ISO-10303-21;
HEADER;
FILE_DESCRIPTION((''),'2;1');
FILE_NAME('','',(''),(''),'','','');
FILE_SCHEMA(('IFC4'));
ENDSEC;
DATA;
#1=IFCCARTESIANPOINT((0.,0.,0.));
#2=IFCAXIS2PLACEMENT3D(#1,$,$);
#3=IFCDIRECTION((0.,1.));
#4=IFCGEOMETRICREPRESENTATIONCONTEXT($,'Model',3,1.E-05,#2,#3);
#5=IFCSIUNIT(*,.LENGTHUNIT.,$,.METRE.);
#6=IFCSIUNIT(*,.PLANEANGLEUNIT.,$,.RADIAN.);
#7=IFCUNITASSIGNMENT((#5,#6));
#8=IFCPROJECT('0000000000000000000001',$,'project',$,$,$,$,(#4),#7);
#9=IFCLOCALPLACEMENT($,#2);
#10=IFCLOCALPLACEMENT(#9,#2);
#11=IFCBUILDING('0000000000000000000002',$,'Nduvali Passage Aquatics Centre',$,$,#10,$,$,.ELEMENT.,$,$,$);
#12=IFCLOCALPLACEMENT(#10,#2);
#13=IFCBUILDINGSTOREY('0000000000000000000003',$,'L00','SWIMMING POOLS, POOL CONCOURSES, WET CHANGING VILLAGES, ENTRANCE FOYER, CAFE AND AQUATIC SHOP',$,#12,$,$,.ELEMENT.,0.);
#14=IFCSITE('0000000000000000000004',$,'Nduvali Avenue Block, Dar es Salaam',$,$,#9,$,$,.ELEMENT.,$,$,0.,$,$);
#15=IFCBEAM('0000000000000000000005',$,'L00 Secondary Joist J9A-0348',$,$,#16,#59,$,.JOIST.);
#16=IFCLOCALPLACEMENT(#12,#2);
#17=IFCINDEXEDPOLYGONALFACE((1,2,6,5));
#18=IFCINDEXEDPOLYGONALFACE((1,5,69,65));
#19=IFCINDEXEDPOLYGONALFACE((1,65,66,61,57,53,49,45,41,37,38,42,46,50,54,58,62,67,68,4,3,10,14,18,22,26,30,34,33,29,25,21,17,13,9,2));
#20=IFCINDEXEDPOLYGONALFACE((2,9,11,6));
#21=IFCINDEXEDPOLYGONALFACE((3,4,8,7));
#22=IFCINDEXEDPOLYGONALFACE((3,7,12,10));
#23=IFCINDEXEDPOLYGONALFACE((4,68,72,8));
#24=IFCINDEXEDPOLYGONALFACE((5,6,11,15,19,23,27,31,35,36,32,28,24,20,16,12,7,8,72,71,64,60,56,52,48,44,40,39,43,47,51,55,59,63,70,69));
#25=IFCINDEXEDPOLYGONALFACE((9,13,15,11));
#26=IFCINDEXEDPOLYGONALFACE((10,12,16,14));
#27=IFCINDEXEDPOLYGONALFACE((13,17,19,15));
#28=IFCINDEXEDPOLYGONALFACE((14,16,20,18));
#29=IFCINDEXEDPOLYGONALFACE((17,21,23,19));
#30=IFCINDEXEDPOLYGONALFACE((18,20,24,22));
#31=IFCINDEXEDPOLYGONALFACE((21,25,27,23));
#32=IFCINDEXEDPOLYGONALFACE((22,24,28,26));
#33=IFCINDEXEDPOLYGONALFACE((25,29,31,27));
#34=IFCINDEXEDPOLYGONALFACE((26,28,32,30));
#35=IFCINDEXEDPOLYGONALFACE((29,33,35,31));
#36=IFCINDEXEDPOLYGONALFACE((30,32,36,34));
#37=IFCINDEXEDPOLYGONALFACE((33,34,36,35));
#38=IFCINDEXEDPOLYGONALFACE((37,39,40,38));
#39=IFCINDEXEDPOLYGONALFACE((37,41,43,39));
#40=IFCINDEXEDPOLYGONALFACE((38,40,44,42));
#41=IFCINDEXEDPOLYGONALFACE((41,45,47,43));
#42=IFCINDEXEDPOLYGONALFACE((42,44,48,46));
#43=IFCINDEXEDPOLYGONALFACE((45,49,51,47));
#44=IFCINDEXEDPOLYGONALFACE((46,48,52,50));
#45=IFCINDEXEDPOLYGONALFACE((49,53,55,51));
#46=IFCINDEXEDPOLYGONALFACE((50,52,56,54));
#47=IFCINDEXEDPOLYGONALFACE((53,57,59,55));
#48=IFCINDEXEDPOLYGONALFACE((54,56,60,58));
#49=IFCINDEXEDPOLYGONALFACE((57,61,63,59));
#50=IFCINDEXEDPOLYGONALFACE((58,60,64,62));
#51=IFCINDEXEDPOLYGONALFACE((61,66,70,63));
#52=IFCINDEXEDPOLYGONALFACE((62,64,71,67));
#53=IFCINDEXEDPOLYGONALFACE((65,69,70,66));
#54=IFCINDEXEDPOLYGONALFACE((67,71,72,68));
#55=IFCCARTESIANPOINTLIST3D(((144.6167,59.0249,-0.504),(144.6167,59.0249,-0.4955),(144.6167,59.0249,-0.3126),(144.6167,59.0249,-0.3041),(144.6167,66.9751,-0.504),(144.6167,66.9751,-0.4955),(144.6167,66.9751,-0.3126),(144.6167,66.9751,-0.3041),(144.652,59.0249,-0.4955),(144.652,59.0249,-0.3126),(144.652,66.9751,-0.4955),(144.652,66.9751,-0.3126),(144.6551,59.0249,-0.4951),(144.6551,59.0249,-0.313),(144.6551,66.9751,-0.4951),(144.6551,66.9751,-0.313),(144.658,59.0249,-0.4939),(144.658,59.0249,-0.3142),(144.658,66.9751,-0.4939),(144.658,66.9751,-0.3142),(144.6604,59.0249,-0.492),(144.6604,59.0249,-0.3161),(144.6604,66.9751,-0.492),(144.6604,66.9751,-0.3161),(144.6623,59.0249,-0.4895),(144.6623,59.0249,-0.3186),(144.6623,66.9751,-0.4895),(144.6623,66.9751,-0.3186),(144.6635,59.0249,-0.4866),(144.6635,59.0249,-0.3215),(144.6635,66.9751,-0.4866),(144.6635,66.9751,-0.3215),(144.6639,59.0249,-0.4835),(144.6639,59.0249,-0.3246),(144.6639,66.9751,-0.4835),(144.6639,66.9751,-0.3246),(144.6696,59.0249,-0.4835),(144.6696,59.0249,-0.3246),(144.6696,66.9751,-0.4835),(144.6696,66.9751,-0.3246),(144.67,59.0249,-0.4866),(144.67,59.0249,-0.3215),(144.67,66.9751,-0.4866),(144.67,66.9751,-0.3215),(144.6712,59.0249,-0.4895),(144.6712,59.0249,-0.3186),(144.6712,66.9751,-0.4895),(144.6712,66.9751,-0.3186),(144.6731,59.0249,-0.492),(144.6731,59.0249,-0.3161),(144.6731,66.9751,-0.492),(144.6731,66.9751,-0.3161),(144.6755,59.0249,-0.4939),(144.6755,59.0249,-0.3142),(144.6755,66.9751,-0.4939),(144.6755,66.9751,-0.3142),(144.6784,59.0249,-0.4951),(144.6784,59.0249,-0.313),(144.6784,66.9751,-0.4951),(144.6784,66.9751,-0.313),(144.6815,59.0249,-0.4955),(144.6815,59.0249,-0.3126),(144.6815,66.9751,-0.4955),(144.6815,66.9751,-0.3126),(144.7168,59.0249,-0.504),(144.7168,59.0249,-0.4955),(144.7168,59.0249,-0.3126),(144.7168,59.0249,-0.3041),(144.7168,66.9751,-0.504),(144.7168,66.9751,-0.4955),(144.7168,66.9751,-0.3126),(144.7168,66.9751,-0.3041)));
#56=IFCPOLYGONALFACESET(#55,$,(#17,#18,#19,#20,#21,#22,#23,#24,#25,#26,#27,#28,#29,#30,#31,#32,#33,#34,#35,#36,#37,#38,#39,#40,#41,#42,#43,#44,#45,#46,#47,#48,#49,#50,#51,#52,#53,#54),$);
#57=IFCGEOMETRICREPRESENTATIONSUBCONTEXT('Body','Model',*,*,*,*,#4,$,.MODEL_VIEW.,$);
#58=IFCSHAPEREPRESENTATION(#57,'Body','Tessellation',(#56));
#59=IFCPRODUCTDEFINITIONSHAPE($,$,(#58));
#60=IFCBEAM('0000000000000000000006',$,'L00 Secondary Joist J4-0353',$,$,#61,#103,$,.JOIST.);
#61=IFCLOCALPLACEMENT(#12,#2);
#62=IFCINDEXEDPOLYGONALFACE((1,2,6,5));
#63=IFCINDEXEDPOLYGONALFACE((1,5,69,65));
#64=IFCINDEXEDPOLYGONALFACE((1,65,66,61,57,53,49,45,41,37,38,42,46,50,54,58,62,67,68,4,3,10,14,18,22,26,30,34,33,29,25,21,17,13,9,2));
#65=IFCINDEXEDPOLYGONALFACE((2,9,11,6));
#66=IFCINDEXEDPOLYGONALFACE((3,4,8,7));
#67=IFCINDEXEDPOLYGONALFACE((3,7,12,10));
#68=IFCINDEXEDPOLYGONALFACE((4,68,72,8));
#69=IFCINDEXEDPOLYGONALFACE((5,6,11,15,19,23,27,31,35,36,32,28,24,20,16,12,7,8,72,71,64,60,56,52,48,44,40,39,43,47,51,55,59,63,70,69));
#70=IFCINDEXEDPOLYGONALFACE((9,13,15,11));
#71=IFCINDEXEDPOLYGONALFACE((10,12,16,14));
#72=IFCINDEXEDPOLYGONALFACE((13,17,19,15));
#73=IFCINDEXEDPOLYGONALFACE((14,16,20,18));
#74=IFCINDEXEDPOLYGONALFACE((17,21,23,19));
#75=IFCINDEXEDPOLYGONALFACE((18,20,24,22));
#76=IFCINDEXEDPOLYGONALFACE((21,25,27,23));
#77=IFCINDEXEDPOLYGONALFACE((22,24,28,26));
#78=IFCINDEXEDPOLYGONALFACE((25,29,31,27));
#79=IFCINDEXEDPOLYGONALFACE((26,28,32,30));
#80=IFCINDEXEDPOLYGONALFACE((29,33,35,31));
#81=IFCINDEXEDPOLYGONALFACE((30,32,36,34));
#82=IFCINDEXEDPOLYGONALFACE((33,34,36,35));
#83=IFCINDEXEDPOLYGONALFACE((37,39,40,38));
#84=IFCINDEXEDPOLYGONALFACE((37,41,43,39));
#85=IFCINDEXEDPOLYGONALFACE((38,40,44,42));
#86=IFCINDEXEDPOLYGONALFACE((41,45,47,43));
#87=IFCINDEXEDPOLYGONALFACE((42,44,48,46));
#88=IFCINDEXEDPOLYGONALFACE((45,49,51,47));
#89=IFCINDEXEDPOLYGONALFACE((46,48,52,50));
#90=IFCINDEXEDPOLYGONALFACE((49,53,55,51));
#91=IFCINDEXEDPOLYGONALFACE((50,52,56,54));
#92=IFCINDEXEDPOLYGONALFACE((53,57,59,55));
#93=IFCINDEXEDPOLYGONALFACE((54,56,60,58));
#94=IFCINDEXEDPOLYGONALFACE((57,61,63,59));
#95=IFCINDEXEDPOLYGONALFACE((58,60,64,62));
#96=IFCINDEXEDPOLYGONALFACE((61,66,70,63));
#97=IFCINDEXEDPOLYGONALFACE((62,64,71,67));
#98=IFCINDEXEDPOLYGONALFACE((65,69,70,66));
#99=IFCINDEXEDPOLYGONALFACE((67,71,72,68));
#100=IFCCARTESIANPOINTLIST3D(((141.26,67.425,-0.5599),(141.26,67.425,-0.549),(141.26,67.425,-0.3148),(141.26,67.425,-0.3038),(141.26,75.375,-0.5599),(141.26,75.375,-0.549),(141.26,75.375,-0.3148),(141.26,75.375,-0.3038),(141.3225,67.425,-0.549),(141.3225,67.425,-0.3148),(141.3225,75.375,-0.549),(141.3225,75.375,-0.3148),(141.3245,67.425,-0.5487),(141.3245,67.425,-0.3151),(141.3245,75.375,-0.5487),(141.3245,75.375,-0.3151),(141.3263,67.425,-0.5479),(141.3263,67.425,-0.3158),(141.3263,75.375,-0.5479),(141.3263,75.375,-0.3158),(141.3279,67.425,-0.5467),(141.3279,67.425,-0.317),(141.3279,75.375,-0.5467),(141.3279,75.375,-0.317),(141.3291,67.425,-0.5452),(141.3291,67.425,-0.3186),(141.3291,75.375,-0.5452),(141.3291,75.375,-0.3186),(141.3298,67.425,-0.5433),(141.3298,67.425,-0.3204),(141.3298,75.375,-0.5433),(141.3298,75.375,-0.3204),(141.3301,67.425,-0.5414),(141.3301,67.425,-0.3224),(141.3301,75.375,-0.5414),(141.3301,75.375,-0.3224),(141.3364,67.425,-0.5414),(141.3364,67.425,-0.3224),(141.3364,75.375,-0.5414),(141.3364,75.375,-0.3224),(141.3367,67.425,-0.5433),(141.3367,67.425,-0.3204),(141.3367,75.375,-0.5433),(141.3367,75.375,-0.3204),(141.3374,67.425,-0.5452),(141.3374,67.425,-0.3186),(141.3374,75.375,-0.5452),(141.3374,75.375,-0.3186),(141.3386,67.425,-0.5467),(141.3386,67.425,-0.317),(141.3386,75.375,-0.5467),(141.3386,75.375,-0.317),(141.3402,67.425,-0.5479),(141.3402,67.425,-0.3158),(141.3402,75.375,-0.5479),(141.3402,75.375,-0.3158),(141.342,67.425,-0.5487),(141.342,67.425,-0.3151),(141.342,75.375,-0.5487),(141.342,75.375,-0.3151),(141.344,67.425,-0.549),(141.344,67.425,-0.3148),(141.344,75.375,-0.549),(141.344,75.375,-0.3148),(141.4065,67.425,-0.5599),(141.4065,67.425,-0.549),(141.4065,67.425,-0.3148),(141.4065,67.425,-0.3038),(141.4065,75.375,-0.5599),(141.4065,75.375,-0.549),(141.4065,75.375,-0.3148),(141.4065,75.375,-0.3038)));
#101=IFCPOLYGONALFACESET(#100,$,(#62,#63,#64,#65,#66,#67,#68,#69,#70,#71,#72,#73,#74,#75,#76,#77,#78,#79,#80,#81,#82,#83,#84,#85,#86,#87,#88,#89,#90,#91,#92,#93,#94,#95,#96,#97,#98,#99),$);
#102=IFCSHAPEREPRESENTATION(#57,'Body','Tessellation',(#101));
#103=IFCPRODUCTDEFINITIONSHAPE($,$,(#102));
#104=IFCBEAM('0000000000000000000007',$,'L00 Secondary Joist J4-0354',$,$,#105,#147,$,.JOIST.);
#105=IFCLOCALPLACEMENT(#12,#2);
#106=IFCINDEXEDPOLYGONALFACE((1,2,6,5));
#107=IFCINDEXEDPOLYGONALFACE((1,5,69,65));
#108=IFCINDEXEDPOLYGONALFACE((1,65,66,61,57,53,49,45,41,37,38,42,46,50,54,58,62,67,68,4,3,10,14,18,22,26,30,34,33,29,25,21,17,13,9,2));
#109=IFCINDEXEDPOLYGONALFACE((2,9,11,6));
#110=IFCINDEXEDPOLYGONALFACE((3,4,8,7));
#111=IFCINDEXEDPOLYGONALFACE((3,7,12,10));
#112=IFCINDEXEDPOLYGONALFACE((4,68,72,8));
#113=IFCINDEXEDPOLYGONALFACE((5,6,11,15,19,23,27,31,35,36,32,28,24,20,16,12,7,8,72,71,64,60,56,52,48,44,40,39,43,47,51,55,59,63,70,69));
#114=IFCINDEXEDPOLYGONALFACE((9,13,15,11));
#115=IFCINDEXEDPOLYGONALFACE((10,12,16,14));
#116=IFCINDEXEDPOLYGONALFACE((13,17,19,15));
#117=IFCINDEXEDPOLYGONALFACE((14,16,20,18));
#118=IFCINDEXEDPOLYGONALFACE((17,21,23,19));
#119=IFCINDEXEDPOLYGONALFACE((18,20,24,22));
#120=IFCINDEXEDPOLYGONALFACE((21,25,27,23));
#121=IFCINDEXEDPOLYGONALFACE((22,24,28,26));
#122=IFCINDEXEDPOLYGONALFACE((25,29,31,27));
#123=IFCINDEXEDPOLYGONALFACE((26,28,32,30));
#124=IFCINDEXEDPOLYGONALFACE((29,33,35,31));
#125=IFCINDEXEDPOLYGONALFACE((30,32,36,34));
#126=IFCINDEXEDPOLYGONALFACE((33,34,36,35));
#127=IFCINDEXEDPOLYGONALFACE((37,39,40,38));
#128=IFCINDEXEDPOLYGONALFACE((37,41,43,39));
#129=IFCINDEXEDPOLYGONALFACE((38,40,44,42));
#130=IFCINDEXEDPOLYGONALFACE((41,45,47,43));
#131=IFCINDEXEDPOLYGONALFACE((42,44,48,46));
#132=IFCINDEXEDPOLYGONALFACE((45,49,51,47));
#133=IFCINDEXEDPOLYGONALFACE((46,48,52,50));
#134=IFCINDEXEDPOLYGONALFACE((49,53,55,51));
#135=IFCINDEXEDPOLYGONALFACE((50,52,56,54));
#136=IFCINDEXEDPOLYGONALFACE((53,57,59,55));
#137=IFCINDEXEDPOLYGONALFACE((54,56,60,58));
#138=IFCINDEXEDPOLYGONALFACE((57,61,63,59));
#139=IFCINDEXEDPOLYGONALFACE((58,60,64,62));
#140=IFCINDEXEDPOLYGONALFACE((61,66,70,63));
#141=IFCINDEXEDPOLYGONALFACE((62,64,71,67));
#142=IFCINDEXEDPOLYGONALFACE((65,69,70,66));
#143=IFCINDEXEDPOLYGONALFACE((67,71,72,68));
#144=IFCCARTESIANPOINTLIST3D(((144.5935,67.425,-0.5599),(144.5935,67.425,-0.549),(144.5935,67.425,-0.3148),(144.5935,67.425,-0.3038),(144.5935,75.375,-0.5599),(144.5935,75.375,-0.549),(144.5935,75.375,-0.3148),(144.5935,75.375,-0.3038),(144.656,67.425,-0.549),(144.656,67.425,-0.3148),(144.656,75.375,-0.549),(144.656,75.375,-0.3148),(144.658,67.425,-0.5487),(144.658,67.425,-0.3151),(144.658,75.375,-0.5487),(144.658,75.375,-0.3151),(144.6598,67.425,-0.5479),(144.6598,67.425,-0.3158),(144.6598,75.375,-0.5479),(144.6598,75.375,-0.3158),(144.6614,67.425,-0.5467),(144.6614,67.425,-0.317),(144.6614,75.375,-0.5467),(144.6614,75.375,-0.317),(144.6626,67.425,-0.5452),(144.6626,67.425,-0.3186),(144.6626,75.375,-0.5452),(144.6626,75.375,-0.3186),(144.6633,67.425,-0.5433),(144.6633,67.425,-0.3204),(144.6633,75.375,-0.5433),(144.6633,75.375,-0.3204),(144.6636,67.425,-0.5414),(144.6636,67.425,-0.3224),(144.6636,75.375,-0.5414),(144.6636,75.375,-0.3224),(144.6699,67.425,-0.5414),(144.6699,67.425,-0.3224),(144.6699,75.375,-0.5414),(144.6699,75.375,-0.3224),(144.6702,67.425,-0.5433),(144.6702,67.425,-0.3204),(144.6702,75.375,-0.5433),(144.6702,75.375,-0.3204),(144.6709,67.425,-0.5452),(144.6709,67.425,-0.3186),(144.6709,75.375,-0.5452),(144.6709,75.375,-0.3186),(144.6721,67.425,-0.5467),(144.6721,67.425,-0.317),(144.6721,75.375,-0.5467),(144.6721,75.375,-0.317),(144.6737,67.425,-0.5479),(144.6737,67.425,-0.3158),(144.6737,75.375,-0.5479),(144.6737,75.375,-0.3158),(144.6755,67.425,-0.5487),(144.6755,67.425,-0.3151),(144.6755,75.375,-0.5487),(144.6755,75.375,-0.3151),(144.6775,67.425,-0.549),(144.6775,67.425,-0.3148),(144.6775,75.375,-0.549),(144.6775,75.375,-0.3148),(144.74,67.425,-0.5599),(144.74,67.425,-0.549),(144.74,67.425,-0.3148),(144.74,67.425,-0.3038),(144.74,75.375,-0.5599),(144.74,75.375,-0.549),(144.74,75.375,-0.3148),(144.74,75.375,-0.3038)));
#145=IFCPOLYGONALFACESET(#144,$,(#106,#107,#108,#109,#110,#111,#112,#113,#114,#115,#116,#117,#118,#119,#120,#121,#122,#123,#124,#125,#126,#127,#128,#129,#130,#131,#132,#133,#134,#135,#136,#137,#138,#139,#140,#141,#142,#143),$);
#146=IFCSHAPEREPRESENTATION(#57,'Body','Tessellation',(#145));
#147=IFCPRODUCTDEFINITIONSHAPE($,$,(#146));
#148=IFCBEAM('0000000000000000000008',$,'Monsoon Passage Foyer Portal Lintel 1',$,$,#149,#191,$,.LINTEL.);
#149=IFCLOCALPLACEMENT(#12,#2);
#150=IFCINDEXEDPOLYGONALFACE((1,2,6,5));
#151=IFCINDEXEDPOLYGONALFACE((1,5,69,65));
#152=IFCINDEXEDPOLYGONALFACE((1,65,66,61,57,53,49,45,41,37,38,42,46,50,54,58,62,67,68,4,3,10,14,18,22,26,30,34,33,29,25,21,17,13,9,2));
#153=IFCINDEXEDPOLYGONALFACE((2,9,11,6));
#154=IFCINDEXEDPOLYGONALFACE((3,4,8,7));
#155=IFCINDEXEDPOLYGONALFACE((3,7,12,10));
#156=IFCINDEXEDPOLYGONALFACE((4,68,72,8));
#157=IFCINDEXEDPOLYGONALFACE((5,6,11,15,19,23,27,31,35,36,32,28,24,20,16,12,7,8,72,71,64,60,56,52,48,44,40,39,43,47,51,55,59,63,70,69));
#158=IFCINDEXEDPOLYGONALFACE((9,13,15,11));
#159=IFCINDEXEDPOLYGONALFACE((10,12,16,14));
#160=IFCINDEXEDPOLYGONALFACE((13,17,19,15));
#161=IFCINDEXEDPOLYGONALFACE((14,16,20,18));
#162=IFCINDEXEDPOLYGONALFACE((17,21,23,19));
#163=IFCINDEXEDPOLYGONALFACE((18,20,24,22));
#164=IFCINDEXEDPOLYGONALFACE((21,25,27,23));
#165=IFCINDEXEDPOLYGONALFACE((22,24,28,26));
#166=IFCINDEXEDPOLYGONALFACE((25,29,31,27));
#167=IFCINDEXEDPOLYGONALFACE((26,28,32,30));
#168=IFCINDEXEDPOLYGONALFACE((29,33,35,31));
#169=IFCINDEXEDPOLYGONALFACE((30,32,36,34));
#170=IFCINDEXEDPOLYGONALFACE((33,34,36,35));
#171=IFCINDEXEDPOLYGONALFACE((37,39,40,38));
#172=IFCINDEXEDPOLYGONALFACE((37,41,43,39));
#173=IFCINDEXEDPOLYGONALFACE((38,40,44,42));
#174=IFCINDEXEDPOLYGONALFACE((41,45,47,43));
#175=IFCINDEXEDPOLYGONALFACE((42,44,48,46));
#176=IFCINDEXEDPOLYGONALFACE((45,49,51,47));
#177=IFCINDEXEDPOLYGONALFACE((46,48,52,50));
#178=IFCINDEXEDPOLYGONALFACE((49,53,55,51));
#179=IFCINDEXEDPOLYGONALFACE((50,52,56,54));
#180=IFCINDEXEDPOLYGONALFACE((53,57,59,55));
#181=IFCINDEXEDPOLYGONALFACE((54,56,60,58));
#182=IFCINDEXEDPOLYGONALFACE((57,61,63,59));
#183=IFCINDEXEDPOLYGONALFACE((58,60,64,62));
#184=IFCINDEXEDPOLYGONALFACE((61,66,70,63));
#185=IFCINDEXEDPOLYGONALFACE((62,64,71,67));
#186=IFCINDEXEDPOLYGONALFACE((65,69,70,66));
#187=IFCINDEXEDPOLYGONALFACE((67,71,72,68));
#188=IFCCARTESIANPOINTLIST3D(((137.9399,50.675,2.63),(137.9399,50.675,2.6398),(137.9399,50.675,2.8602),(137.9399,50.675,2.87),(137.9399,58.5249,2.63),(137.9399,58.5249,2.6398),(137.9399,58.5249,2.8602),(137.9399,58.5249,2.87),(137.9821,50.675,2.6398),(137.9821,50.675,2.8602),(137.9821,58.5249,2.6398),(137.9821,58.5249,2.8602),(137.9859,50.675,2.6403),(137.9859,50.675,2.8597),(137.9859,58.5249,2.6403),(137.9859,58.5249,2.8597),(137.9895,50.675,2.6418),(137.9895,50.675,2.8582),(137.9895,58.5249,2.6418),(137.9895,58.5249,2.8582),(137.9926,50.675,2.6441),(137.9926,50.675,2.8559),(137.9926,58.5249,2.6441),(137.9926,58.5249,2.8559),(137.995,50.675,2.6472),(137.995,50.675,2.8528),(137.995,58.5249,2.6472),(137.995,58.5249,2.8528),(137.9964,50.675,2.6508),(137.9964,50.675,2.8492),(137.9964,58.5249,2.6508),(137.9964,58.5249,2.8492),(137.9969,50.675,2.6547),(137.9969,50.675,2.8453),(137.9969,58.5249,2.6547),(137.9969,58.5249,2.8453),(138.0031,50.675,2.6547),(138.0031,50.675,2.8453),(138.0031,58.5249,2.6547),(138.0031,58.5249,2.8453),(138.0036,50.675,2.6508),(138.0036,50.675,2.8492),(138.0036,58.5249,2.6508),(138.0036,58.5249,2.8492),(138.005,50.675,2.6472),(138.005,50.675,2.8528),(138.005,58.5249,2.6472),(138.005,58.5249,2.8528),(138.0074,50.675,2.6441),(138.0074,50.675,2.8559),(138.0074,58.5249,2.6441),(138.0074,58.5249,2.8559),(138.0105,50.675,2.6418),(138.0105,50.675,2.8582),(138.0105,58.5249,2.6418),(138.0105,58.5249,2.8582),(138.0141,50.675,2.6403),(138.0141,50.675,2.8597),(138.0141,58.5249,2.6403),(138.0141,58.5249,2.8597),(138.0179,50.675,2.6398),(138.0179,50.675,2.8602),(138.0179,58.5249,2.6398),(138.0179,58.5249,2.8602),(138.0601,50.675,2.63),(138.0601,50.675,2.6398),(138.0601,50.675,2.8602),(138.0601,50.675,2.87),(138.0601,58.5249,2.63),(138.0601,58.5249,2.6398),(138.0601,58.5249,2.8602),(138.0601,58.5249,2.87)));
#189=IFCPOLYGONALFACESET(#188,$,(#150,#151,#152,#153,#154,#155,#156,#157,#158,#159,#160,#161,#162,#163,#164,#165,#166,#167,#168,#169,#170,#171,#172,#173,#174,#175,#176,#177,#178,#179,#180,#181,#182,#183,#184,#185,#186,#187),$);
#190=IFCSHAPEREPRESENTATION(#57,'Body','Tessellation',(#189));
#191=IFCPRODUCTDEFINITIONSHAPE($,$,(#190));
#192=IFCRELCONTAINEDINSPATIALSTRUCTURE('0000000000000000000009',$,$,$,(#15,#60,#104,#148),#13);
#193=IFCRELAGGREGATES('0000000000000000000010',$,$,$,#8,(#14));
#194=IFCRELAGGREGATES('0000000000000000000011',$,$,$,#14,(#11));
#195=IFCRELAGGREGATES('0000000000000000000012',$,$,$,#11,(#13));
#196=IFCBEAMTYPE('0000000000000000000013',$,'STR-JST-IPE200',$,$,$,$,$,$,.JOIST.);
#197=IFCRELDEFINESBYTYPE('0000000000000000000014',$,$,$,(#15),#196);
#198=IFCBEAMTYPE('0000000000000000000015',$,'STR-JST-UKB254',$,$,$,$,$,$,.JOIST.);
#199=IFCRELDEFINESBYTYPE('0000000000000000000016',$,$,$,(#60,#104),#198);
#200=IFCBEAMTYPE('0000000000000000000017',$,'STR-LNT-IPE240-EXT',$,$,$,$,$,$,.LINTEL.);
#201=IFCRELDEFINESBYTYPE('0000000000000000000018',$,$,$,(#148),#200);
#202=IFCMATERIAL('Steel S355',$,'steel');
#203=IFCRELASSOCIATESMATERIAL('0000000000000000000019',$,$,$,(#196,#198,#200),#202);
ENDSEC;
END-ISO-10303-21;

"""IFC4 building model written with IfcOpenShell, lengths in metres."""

from ifc_helpers import new_model, si_unit, direction, frame, origin, origin_2d, place, context, subcontext, project, spatial, i_section, extrude, material, material_profile, profile_set, type_object, element, save


model = new_model("IFC4")

# Units and contexts
model_context = context("Model", 3, precision=1e-05, world=origin(), true_north=direction((0.0, 1.0)))
body_context = subcontext(model_context, "Body", "Model", "MODEL_VIEW")
ifc_project = project(units=[si_unit("LENGTHUNIT", "METRE"), si_unit("PLANEANGLEUNIT", "RADIAN")], contexts=[model_context])

# Site, building, storey
site_placement = place(None, origin())
site = spatial("IfcSite", under=ifc_project, at=site_placement, Name="Nduvali Avenue Block, Dar es Salaam", CompositionType="ELEMENT", RefElevation=0.0)
building_placement = place(site_placement, origin())
building = spatial("IfcBuilding", under=site, at=building_placement, Name="Nduvali Passage Aquatics Centre", CompositionType="ELEMENT")
storey_placement = place(building_placement, origin())
storey = spatial("IfcBuildingStorey", under=building, at=storey_placement, Name="L00", Description="SWIMMING POOLS, POOL CONCOURSES, WET CHANGING VILLAGES, ENTRANCE FOYER, CAFE AND AQUATIC SHOP", CompositionType="ELEMENT", Elevation=0.0)

# Shared definitions
ifc_material_1 = material(Name="Steel S355", Category="steel")

# Beams
ifc_material_profile_1 = material_profile(ifc_material_1, i_section(OverallWidth=0.1001, OverallDepth=0.2, WebThickness=0.0056, FlangeThickness=0.0085, FilletRadius=0.012, at=origin_2d()), Name="IPE 200")
ifc_profile_set_1 = profile_set([ifc_material_profile_1], Name="Steel S355")
beam_type_1 = type_object("IfcBeamType", Name="STR-JST-IPE200", PredefinedType="JOIST", material=ifc_profile_set_1)
for number, where, z_axis, x_axis, name in (
    (1, (144.6667, 59.0249, -0.4041), (0.0, 1.0, 0.0), (-1.0, 0.0, 0.0), "L00 Secondary Joist J9A-0348"),
):
    element("IfcBeam", number, at=place(storey_placement, frame(where, z_axis=z_axis, x_axis=x_axis)), inside=storey, type_object=beam_type_1, Name=name, PredefinedType="JOIST", context=body_context, shape_type="SweptSolid", body=[
        extrude(i_section(OverallWidth=0.1001, OverallDepth=0.2, WebThickness=0.0056, FlangeThickness=0.0085, FilletRadius=0.012, at=origin_2d()), origin(), (0.0, 0.0, 1.0), 7.9502),
    ])
ifc_material_profile_2 = material_profile(ifc_material_1, i_section(OverallWidth=0.1465, OverallDepth=0.2561, WebThickness=0.0063, FlangeThickness=0.011, FilletRadius=0.0076, at=origin_2d()), Name="UKB 254x146x37")
ifc_profile_set_2 = profile_set([ifc_material_profile_2], Name="Steel S355")
beam_type_2 = type_object("IfcBeamType", Name="STR-JST-UKB254", PredefinedType="JOIST", material=ifc_profile_set_2)
for number, where, z_axis, x_axis, name in (
    (2, (141.3333, 67.425, -0.4319), (0.0, 1.0, 0.0), (-1.0, 0.0, 0.0), "L00 Secondary Joist J4-0353"),
    (3, (144.6667, 67.425, -0.4319), (0.0, 1.0, 0.0), (-1.0, 0.0, 0.0), "L00 Secondary Joist J4-0354"),
):
    element("IfcBeam", number, at=place(storey_placement, frame(where, z_axis=z_axis, x_axis=x_axis)), inside=storey, type_object=beam_type_2, Name=name, PredefinedType="JOIST", context=body_context, shape_type="SweptSolid", body=[
        extrude(i_section(OverallWidth=0.1465, OverallDepth=0.2561, WebThickness=0.0063, FlangeThickness=0.011, FilletRadius=0.0076, at=origin_2d()), origin(), (0.0, 0.0, 1.0), 7.95),
    ])
ifc_material_profile_3 = material_profile(ifc_material_1, i_section(OverallWidth=0.1201, OverallDepth=0.24, WebThickness=0.0061, FlangeThickness=0.0098, FilletRadius=0.0149, at=origin_2d()), Name="IPE 240")
ifc_profile_set_3 = profile_set([ifc_material_profile_3], Name="Steel S355")
beam_type_3 = type_object("IfcBeamType", Name="STR-LNT-IPE240-EXT", PredefinedType="LINTEL", material=ifc_profile_set_3)
beam_1_placement = place(storey_placement, frame((138.0, 50.675, 2.75), z_axis=(0.0, 1.0, 0.0), x_axis=(-1.0, 0.0, 0.0)))
element("IfcBeam", 4, at=beam_1_placement, inside=storey, type_object=beam_type_3, Name="Monsoon Passage Foyer Portal Lintel 1", PredefinedType="LINTEL", context=body_context, shape_type="SweptSolid", body=[
    extrude(i_section(OverallWidth=0.1201, OverallDepth=0.24, WebThickness=0.0061, FlangeThickness=0.0098, FilletRadius=0.0149, at=origin_2d()), origin(), (0.0, 0.0, 1.0), 7.8499),
])

save(model, "model.ifc")
